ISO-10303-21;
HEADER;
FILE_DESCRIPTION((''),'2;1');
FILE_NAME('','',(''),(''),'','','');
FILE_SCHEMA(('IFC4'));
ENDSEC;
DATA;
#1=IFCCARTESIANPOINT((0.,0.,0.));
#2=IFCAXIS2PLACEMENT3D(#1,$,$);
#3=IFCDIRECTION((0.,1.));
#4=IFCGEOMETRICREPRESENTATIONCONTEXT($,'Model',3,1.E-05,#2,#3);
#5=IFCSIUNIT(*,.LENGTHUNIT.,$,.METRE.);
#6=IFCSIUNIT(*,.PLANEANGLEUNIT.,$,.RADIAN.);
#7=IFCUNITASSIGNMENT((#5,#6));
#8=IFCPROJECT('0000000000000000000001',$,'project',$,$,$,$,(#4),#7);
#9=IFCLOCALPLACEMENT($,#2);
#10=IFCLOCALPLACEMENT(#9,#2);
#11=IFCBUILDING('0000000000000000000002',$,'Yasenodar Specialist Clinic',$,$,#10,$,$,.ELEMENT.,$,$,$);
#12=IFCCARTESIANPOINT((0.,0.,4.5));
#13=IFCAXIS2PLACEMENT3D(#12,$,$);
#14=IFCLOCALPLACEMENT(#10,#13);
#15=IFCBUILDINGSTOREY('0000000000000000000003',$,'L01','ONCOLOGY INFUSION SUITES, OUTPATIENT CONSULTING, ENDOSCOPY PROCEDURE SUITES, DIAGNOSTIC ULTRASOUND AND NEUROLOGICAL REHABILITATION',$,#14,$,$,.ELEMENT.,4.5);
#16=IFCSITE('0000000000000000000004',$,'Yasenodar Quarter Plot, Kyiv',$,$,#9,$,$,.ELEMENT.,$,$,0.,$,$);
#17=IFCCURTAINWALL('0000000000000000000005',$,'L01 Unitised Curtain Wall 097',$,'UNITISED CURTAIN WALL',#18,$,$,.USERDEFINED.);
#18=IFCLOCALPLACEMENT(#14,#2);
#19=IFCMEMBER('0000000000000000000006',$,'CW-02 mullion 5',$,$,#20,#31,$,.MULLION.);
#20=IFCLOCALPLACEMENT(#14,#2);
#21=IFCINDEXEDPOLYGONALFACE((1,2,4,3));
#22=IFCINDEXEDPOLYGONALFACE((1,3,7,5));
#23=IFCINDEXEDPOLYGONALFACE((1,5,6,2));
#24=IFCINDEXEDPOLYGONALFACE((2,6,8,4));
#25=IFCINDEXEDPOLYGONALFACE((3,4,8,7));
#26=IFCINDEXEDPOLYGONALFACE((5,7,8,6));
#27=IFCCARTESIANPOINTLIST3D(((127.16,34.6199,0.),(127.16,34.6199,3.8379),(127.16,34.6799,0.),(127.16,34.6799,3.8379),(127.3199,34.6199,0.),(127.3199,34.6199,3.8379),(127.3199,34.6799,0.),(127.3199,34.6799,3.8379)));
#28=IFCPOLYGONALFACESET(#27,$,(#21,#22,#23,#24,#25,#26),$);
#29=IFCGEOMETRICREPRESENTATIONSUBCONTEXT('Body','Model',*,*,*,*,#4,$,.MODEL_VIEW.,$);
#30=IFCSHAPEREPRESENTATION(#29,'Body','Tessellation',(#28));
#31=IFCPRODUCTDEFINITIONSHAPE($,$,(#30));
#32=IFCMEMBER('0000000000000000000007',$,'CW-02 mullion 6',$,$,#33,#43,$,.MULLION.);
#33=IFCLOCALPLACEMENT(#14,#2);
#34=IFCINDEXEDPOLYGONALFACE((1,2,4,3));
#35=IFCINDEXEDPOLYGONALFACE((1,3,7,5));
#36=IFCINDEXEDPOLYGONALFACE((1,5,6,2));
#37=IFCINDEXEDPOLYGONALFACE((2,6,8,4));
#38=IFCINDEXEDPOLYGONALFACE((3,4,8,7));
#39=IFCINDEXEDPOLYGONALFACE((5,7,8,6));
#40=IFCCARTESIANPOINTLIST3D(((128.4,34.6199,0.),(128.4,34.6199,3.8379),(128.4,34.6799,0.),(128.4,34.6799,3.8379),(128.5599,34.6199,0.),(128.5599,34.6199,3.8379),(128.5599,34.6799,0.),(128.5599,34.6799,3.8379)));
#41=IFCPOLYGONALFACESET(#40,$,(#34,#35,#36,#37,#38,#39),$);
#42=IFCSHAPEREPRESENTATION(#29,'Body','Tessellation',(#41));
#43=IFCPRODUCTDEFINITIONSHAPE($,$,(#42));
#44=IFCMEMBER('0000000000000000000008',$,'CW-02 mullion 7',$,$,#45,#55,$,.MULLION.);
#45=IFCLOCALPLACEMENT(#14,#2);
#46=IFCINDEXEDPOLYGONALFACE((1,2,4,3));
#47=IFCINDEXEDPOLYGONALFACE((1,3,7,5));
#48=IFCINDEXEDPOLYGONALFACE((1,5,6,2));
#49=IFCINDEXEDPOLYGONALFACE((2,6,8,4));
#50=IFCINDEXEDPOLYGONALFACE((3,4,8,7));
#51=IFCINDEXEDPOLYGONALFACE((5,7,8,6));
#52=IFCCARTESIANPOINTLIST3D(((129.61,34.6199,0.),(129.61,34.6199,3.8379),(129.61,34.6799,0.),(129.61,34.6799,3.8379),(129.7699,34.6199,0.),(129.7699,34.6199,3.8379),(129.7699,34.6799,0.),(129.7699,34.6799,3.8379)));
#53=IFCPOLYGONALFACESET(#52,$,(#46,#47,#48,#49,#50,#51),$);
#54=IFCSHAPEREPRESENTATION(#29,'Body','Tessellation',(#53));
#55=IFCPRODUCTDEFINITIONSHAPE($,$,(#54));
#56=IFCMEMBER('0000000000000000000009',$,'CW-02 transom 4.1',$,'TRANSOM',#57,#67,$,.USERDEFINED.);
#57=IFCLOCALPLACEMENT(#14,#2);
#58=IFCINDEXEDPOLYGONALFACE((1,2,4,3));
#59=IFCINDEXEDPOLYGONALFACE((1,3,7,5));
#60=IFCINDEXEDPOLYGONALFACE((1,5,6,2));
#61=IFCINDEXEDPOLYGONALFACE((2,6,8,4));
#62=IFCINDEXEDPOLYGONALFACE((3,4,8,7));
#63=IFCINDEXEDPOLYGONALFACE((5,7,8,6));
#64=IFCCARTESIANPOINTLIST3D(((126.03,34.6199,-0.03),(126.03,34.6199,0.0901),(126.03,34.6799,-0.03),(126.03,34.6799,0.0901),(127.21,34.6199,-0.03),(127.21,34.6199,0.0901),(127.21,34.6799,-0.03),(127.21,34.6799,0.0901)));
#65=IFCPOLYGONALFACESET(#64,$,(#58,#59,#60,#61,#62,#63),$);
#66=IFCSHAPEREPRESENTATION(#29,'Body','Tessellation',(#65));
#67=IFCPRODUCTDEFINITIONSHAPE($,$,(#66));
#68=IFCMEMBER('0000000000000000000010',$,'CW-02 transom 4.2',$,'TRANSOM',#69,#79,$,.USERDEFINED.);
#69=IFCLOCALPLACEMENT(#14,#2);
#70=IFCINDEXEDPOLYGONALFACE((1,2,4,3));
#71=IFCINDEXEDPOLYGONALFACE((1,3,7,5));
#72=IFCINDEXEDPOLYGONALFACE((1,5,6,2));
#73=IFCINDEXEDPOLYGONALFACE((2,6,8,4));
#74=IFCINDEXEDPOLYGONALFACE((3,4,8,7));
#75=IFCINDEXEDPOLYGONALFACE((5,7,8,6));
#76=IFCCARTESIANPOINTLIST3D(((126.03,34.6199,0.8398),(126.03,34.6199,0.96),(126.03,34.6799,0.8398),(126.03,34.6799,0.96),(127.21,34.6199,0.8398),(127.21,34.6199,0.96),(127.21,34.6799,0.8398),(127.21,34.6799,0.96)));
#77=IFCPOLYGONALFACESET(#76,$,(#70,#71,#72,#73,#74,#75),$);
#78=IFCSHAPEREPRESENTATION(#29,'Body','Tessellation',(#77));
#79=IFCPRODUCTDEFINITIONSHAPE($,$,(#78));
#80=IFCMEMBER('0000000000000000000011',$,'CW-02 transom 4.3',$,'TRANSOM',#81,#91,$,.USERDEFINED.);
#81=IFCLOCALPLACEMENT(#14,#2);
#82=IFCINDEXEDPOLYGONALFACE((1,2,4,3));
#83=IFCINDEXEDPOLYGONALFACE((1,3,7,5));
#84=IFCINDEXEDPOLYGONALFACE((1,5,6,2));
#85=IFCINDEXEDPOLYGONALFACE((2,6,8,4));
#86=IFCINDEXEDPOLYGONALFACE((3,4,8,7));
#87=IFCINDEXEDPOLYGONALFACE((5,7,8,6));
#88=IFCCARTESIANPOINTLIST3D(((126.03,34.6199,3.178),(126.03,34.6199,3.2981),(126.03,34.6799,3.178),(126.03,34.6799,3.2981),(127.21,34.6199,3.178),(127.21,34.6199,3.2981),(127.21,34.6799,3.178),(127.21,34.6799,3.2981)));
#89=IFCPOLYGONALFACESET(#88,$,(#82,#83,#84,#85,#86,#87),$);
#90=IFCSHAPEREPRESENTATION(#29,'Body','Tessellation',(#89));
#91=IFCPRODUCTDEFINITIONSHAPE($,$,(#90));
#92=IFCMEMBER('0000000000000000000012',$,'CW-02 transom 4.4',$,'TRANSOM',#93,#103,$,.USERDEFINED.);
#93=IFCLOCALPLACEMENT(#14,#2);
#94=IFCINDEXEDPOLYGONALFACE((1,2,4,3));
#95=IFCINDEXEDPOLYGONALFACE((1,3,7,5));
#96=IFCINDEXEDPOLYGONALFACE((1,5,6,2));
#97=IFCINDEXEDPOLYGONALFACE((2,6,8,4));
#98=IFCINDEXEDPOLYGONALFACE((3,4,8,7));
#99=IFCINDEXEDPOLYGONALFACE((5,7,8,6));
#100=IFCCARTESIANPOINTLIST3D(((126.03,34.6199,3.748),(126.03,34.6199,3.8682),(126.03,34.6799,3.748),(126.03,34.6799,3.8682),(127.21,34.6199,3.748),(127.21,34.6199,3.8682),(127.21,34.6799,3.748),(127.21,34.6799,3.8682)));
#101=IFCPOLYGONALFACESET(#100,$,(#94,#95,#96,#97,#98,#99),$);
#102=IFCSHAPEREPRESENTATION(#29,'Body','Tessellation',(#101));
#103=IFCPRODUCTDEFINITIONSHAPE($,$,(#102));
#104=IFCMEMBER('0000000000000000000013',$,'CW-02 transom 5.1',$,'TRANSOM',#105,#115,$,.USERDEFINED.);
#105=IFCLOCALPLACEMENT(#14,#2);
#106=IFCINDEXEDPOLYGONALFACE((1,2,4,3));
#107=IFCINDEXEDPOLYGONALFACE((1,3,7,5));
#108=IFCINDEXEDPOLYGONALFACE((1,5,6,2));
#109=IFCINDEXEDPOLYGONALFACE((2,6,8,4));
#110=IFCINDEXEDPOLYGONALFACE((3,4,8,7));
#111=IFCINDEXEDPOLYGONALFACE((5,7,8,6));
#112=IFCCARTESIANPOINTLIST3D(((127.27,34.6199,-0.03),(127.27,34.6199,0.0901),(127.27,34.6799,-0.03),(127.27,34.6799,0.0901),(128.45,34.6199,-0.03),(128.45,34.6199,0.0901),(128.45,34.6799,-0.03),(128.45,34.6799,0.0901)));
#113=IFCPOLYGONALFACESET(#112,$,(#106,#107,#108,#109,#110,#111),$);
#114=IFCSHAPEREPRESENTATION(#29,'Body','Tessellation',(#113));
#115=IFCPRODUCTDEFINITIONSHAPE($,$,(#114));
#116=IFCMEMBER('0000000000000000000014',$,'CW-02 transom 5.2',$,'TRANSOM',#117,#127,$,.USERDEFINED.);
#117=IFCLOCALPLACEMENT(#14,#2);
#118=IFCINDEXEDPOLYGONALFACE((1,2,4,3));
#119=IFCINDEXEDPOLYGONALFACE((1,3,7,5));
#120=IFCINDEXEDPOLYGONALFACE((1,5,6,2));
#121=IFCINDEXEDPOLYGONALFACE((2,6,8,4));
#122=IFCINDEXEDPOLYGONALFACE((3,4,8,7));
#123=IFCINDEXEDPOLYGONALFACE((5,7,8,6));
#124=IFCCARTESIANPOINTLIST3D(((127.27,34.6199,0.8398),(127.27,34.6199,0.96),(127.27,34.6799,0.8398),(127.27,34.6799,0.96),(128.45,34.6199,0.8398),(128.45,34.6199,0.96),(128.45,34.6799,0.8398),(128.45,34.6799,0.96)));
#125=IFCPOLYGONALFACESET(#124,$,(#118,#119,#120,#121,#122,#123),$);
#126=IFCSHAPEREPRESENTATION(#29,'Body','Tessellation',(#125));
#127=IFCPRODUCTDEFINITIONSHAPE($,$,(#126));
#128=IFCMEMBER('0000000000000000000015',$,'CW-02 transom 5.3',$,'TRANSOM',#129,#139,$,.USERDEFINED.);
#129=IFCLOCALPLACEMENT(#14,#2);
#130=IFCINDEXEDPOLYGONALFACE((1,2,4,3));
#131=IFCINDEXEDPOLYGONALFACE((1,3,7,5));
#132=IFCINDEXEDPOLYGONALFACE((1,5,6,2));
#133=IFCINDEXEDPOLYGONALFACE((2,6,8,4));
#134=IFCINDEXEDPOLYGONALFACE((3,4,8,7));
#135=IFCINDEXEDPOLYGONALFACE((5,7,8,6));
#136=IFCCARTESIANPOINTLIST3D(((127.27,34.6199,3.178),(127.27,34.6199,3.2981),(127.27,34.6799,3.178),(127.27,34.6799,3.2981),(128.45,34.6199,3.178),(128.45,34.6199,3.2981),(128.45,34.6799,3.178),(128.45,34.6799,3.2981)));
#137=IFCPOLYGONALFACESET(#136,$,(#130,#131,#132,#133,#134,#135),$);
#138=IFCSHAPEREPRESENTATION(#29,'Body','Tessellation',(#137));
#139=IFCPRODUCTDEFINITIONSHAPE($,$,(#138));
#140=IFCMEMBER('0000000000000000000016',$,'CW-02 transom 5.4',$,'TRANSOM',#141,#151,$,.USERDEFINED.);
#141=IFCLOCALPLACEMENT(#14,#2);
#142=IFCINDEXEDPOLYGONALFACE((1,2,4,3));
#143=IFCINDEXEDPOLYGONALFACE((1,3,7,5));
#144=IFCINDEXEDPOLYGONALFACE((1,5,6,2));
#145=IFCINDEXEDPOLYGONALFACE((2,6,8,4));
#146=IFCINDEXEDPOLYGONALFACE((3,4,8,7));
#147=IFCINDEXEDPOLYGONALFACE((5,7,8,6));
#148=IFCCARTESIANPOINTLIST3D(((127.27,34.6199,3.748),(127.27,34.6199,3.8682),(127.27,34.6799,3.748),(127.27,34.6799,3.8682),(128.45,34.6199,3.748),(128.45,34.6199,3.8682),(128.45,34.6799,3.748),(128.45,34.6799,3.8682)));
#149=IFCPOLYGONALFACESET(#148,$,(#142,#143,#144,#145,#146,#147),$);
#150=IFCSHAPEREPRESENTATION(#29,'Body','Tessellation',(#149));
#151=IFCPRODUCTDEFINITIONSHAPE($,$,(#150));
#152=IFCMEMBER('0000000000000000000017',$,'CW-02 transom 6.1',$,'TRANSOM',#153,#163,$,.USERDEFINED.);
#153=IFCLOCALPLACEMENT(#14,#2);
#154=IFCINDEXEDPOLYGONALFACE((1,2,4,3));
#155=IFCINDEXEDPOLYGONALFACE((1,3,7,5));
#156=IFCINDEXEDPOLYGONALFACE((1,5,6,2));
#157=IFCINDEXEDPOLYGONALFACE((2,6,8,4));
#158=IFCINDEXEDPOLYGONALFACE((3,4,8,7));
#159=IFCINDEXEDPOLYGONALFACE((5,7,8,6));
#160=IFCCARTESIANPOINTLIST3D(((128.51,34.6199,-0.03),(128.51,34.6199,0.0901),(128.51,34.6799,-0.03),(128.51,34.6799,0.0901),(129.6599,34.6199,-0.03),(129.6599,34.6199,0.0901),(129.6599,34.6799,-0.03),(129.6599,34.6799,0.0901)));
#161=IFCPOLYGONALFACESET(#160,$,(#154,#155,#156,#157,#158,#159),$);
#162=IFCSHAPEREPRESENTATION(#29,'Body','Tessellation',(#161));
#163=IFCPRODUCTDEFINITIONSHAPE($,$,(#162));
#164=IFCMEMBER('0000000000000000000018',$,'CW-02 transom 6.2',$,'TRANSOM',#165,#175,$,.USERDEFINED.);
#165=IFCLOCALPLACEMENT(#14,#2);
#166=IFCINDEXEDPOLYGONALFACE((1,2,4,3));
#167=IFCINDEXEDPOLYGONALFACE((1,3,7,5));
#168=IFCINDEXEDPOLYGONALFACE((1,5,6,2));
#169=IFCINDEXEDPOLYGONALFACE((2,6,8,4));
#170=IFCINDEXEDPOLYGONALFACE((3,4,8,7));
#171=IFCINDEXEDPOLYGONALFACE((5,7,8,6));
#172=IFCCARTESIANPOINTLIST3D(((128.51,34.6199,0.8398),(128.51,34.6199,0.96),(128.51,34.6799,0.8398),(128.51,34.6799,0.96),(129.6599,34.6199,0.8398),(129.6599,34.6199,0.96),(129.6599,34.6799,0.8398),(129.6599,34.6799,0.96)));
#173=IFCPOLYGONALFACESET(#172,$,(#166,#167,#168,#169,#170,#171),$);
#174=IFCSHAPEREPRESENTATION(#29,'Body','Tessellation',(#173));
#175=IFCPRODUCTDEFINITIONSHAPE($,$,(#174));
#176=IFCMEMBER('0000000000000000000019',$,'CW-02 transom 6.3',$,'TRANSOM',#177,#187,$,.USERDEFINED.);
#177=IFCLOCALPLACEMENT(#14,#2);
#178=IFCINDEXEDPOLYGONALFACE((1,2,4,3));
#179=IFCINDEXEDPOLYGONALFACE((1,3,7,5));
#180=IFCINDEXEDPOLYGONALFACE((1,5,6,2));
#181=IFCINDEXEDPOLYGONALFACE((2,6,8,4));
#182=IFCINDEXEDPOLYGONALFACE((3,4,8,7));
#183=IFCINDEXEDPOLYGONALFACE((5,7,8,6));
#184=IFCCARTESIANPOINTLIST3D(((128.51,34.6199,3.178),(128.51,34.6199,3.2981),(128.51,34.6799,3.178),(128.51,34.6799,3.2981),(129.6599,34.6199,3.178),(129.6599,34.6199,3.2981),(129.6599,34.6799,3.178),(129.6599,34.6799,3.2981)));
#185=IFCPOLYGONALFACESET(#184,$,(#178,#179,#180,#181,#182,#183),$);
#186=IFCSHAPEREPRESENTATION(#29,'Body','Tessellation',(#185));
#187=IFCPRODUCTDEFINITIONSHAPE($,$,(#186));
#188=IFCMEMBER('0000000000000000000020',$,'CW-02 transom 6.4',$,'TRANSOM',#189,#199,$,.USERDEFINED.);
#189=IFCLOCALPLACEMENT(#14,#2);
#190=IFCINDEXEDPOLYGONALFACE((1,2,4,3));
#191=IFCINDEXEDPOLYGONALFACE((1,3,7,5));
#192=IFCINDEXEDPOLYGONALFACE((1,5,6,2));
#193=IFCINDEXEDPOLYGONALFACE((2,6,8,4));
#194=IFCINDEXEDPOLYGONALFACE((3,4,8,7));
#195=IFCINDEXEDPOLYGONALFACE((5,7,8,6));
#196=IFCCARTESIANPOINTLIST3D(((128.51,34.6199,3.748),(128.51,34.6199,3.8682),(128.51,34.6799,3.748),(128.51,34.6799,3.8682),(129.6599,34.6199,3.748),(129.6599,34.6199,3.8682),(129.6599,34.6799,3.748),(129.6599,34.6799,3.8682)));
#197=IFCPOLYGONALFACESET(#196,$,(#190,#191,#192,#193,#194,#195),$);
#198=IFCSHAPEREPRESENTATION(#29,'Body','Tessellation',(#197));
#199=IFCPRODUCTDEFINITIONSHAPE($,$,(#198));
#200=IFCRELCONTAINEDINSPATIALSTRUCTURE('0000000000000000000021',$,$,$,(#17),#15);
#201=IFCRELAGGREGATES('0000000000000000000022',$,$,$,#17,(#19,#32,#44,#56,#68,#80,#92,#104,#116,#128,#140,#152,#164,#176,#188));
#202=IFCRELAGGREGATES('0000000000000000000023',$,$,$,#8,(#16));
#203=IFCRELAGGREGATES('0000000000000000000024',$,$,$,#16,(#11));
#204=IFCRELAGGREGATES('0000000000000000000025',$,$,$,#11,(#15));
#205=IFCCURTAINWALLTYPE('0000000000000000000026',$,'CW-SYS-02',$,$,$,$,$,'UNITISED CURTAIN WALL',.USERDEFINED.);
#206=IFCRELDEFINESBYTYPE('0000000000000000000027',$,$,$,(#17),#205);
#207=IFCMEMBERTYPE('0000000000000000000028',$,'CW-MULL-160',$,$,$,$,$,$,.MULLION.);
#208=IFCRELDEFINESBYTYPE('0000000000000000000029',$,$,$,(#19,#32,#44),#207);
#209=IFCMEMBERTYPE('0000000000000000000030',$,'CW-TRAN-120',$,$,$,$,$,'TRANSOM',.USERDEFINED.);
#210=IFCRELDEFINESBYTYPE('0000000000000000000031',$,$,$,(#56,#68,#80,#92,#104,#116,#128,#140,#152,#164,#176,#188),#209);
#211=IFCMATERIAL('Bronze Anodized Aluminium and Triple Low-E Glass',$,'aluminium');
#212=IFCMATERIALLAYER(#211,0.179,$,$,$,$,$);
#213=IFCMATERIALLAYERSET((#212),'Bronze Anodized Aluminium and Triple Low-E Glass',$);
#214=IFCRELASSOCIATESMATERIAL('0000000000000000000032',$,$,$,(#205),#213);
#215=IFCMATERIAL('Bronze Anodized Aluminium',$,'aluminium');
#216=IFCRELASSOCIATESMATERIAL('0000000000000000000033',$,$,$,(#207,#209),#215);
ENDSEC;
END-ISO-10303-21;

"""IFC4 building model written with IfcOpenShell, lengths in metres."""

from ifc_helpers import new_model, si_unit, direction, frame, origin, origin_2d, place, context, subcontext, project, spatial, rectangle, extrude, material, layer, layer_set, material_profile, profile_set, type_object, element, aggregate, save


model = new_model("IFC4")

# Units and contexts
model_context = context("Model", 3, precision=1e-05, world=origin(), true_north=direction((0.0, 1.0)))
body_context = subcontext(model_context, "Body", "Model", "MODEL_VIEW")
ifc_project = project(units=[si_unit("LENGTHUNIT", "METRE"), si_unit("PLANEANGLEUNIT", "RADIAN")], contexts=[model_context])

# Site, building, storey
site_placement = place(None, origin())
site = spatial("IfcSite", under=ifc_project, at=site_placement, Name="Yasenodar Quarter Plot, Kyiv", CompositionType="ELEMENT", RefElevation=0.0)
building_placement = place(site_placement, origin())
building = spatial("IfcBuilding", under=site, at=building_placement, Name="Yasenodar Specialist Clinic", CompositionType="ELEMENT")
storey_placement = place(building_placement, frame((0.0, 0.0, 4.5)))
storey = spatial("IfcBuildingStorey", under=building, at=storey_placement, Name="L01", Description="ONCOLOGY INFUSION SUITES, OUTPATIENT CONSULTING, ENDOSCOPY PROCEDURE SUITES, DIAGNOSTIC ULTRASOUND AND NEUROLOGICAL REHABILITATION", CompositionType="ELEMENT", Elevation=4.5)

# Curtain wall, members
ifc_material_1 = material(Name="Bronze Anodized Aluminium and Triple Low-E Glass", Category="aluminium")
ifc_layer_1 = layer(ifc_material_1, 0.179)
ifc_layer_set_1 = layer_set([ifc_layer_1], Name="Bronze Anodized Aluminium and Triple Low-E Glass")
curtain_wall_type = type_object("IfcCurtainWallType", Name="CW-SYS-02", ElementType="UNITISED CURTAIN WALL", PredefinedType="USERDEFINED", material=ifc_layer_set_1)
curtain_wall_placement = place(storey_placement, origin())
curtain_wall = element("IfcCurtainWall", 1, at=curtain_wall_placement, inside=storey, type_object=curtain_wall_type, Name="L01 Unitised Curtain Wall 097", ObjectType="UNITISED CURTAIN WALL", PredefinedType="USERDEFINED")
ifc_material_2 = material(Name="Bronze Anodized Aluminium", Category="aluminium")
ifc_material_profile_1 = material_profile(ifc_material_2, rectangle(XDim=0.0601, YDim=0.1599, at=origin_2d()), Name="CW-MULL 60x160")
ifc_profile_set_1 = profile_set([ifc_material_profile_1], Name="Bronze Anodized Aluminium")
member_type_1 = type_object("IfcMemberType", Name="CW-MULL-160", PredefinedType="MULLION", material=ifc_profile_set_1)
member_1_placement = place(storey_placement, frame((127.24, 34.6499, 0.0), z_axis=(0.0, 0.0, 1.0), x_axis=(0.0, 1.0, 0.0)))
member_1 = element("IfcMember", 2, at=member_1_placement, type_object=member_type_1, Name="CW-02 mullion 5", PredefinedType="MULLION", context=body_context, shape_type="SweptSolid", body=[
    extrude(rectangle(XDim=0.0601, YDim=0.1599, at=origin_2d()), origin(), (0.0, 0.0, 1.0), 3.8379),
])
member_2_placement = place(storey_placement, frame((128.48, 34.6499, 0.0), z_axis=(0.0, 0.0, 1.0), x_axis=(0.0, 1.0, 0.0)))
member_2 = element("IfcMember", 3, at=member_2_placement, type_object=member_type_1, Name="CW-02 mullion 6", PredefinedType="MULLION", context=body_context, shape_type="SweptSolid", body=[
    extrude(rectangle(XDim=0.0601, YDim=0.1599, at=origin_2d()), origin(), (0.0, 0.0, 1.0), 3.8379),
])
member_3_placement = place(storey_placement, frame((129.6899, 34.6499, 0.0), z_axis=(0.0, 0.0, 1.0), x_axis=(0.0, 1.0, 0.0)))
member_3 = element("IfcMember", 4, at=member_3_placement, type_object=member_type_1, Name="CW-02 mullion 7", PredefinedType="MULLION", context=body_context, shape_type="SweptSolid", body=[
    extrude(rectangle(XDim=0.0601, YDim=0.1599, at=origin_2d()), origin(), (0.0, 0.0, 1.0), 3.8379),
])
ifc_material_profile_2 = material_profile(ifc_material_2, rectangle(XDim=0.0601, YDim=0.1201, at=origin_2d()), Name="CW-TRAN 60x120")
ifc_profile_set_2 = profile_set([ifc_material_profile_2], Name="Bronze Anodized Aluminium")
member_type_2 = type_object("IfcMemberType", Name="CW-TRAN-120", ElementType="TRANSOM", PredefinedType="USERDEFINED", material=ifc_profile_set_2)
member_4_placement = place(storey_placement, frame((126.03, 34.6499, 0.03), z_axis=(1.0, 0.0, 0.0), x_axis=(0.0, 1.0, 0.0)))
member_4 = element("IfcMember", 5, at=member_4_placement, type_object=member_type_2, Name="CW-02 transom 4.1", ObjectType="TRANSOM", PredefinedType="USERDEFINED", context=body_context, shape_type="SweptSolid", body=[
    extrude(rectangle(XDim=0.0601, YDim=0.1201, at=origin_2d()), origin(), (0.0, 0.0, 1.0), 1.1799),
])
member_5_placement = place(storey_placement, frame((126.03, 34.6499, 0.8999), z_axis=(1.0, 0.0, 0.0), x_axis=(0.0, 1.0, 0.0)))
member_5 = element("IfcMember", 6, at=member_5_placement, type_object=member_type_2, Name="CW-02 transom 4.2", ObjectType="TRANSOM", PredefinedType="USERDEFINED", context=body_context, shape_type="SweptSolid", body=[
    extrude(rectangle(XDim=0.0601, YDim=0.1201, at=origin_2d()), origin(), (0.0, 0.0, 1.0), 1.1799),
])
member_6_placement = place(storey_placement, frame((126.03, 34.6499, 3.238), z_axis=(1.0, 0.0, 0.0), x_axis=(0.0, 1.0, 0.0)))
member_6 = element("IfcMember", 7, at=member_6_placement, type_object=member_type_2, Name="CW-02 transom 4.3", ObjectType="TRANSOM", PredefinedType="USERDEFINED", context=body_context, shape_type="SweptSolid", body=[
    extrude(rectangle(XDim=0.0601, YDim=0.1201, at=origin_2d()), origin(), (0.0, 0.0, 1.0), 1.1799),
])
member_7_placement = place(storey_placement, frame((126.03, 34.6499, 3.8081), z_axis=(1.0, 0.0, 0.0), x_axis=(0.0, 1.0, 0.0)))
member_7 = element("IfcMember", 8, at=member_7_placement, type_object=member_type_2, Name="CW-02 transom 4.4", ObjectType="TRANSOM", PredefinedType="USERDEFINED", context=body_context, shape_type="SweptSolid", body=[
    extrude(rectangle(XDim=0.0601, YDim=0.1201, at=origin_2d()), origin(), (0.0, 0.0, 1.0), 1.1799),
])
member_8_placement = place(storey_placement, frame((127.27, 34.6499, 0.03), z_axis=(1.0, 0.0, 0.0), x_axis=(0.0, 1.0, 0.0)))
member_8 = element("IfcMember", 9, at=member_8_placement, type_object=member_type_2, Name="CW-02 transom 5.1", ObjectType="TRANSOM", PredefinedType="USERDEFINED", context=body_context, shape_type="SweptSolid", body=[
    extrude(rectangle(XDim=0.0601, YDim=0.1201, at=origin_2d()), origin(), (0.0, 0.0, 1.0), 1.1799),
])
member_9_placement = place(storey_placement, frame((127.27, 34.6499, 0.8999), z_axis=(1.0, 0.0, 0.0), x_axis=(0.0, 1.0, 0.0)))
member_9 = element("IfcMember", 10, at=member_9_placement, type_object=member_type_2, Name="CW-02 transom 5.2", ObjectType="TRANSOM", PredefinedType="USERDEFINED", context=body_context, shape_type="SweptSolid", body=[
    extrude(rectangle(XDim=0.0601, YDim=0.1201, at=origin_2d()), origin(), (0.0, 0.0, 1.0), 1.1799),
])
member_10_placement = place(storey_placement, frame((127.27, 34.6499, 3.238), z_axis=(1.0, 0.0, 0.0), x_axis=(0.0, 1.0, 0.0)))
member_10 = element("IfcMember", 11, at=member_10_placement, type_object=member_type_2, Name="CW-02 transom 5.3", ObjectType="TRANSOM", PredefinedType="USERDEFINED", context=body_context, shape_type="SweptSolid", body=[
    extrude(rectangle(XDim=0.0601, YDim=0.1201, at=origin_2d()), origin(), (0.0, 0.0, 1.0), 1.1799),
])
member_11_placement = place(storey_placement, frame((127.27, 34.6499, 3.8081), z_axis=(1.0, 0.0, 0.0), x_axis=(0.0, 1.0, 0.0)))
member_11 = element("IfcMember", 12, at=member_11_placement, type_object=member_type_2, Name="CW-02 transom 5.4", ObjectType="TRANSOM", PredefinedType="USERDEFINED", context=body_context, shape_type="SweptSolid", body=[
    extrude(rectangle(XDim=0.0601, YDim=0.1201, at=origin_2d()), origin(), (0.0, 0.0, 1.0), 1.1799),
])
member_12_placement = place(storey_placement, frame((128.51, 34.6499, 0.03), z_axis=(1.0, 0.0, 0.0), x_axis=(0.0, 1.0, 0.0)))
member_12 = element("IfcMember", 13, at=member_12_placement, type_object=member_type_2, Name="CW-02 transom 6.1", ObjectType="TRANSOM", PredefinedType="USERDEFINED", context=body_context, shape_type="SweptSolid", body=[
    extrude(rectangle(XDim=0.0601, YDim=0.1201, at=origin_2d()), origin(), (0.0, 0.0, 1.0), 1.1499),
])
member_13_placement = place(storey_placement, frame((128.51, 34.6499, 0.8999), z_axis=(1.0, 0.0, 0.0), x_axis=(0.0, 1.0, 0.0)))
member_13 = element("IfcMember", 14, at=member_13_placement, type_object=member_type_2, Name="CW-02 transom 6.2", ObjectType="TRANSOM", PredefinedType="USERDEFINED", context=body_context, shape_type="SweptSolid", body=[
    extrude(rectangle(XDim=0.0601, YDim=0.1201, at=origin_2d()), origin(), (0.0, 0.0, 1.0), 1.1499),
])
member_14_placement = place(storey_placement, frame((128.51, 34.6499, 3.238), z_axis=(1.0, 0.0, 0.0), x_axis=(0.0, 1.0, 0.0)))
member_14 = element("IfcMember", 15, at=member_14_placement, type_object=member_type_2, Name="CW-02 transom 6.3", ObjectType="TRANSOM", PredefinedType="USERDEFINED", context=body_context, shape_type="SweptSolid", body=[
    extrude(rectangle(XDim=0.0601, YDim=0.1201, at=origin_2d()), origin(), (0.0, 0.0, 1.0), 1.1499),
])
member_15_placement = place(storey_placement, frame((128.51, 34.6499, 3.8081), z_axis=(1.0, 0.0, 0.0), x_axis=(0.0, 1.0, 0.0)))
member_15 = element("IfcMember", 16, at=member_15_placement, type_object=member_type_2, Name="CW-02 transom 6.4", ObjectType="TRANSOM", PredefinedType="USERDEFINED", context=body_context, shape_type="SweptSolid", body=[
    extrude(rectangle(XDim=0.0601, YDim=0.1201, at=origin_2d()), origin(), (0.0, 0.0, 1.0), 1.1499),
])
aggregate(curtain_wall, [member_1, member_2, member_3, member_4, member_5, member_6, member_7, member_8, member_9, member_10, member_11, member_12, member_13, member_14, member_15])

save(model, "model.ifc")
